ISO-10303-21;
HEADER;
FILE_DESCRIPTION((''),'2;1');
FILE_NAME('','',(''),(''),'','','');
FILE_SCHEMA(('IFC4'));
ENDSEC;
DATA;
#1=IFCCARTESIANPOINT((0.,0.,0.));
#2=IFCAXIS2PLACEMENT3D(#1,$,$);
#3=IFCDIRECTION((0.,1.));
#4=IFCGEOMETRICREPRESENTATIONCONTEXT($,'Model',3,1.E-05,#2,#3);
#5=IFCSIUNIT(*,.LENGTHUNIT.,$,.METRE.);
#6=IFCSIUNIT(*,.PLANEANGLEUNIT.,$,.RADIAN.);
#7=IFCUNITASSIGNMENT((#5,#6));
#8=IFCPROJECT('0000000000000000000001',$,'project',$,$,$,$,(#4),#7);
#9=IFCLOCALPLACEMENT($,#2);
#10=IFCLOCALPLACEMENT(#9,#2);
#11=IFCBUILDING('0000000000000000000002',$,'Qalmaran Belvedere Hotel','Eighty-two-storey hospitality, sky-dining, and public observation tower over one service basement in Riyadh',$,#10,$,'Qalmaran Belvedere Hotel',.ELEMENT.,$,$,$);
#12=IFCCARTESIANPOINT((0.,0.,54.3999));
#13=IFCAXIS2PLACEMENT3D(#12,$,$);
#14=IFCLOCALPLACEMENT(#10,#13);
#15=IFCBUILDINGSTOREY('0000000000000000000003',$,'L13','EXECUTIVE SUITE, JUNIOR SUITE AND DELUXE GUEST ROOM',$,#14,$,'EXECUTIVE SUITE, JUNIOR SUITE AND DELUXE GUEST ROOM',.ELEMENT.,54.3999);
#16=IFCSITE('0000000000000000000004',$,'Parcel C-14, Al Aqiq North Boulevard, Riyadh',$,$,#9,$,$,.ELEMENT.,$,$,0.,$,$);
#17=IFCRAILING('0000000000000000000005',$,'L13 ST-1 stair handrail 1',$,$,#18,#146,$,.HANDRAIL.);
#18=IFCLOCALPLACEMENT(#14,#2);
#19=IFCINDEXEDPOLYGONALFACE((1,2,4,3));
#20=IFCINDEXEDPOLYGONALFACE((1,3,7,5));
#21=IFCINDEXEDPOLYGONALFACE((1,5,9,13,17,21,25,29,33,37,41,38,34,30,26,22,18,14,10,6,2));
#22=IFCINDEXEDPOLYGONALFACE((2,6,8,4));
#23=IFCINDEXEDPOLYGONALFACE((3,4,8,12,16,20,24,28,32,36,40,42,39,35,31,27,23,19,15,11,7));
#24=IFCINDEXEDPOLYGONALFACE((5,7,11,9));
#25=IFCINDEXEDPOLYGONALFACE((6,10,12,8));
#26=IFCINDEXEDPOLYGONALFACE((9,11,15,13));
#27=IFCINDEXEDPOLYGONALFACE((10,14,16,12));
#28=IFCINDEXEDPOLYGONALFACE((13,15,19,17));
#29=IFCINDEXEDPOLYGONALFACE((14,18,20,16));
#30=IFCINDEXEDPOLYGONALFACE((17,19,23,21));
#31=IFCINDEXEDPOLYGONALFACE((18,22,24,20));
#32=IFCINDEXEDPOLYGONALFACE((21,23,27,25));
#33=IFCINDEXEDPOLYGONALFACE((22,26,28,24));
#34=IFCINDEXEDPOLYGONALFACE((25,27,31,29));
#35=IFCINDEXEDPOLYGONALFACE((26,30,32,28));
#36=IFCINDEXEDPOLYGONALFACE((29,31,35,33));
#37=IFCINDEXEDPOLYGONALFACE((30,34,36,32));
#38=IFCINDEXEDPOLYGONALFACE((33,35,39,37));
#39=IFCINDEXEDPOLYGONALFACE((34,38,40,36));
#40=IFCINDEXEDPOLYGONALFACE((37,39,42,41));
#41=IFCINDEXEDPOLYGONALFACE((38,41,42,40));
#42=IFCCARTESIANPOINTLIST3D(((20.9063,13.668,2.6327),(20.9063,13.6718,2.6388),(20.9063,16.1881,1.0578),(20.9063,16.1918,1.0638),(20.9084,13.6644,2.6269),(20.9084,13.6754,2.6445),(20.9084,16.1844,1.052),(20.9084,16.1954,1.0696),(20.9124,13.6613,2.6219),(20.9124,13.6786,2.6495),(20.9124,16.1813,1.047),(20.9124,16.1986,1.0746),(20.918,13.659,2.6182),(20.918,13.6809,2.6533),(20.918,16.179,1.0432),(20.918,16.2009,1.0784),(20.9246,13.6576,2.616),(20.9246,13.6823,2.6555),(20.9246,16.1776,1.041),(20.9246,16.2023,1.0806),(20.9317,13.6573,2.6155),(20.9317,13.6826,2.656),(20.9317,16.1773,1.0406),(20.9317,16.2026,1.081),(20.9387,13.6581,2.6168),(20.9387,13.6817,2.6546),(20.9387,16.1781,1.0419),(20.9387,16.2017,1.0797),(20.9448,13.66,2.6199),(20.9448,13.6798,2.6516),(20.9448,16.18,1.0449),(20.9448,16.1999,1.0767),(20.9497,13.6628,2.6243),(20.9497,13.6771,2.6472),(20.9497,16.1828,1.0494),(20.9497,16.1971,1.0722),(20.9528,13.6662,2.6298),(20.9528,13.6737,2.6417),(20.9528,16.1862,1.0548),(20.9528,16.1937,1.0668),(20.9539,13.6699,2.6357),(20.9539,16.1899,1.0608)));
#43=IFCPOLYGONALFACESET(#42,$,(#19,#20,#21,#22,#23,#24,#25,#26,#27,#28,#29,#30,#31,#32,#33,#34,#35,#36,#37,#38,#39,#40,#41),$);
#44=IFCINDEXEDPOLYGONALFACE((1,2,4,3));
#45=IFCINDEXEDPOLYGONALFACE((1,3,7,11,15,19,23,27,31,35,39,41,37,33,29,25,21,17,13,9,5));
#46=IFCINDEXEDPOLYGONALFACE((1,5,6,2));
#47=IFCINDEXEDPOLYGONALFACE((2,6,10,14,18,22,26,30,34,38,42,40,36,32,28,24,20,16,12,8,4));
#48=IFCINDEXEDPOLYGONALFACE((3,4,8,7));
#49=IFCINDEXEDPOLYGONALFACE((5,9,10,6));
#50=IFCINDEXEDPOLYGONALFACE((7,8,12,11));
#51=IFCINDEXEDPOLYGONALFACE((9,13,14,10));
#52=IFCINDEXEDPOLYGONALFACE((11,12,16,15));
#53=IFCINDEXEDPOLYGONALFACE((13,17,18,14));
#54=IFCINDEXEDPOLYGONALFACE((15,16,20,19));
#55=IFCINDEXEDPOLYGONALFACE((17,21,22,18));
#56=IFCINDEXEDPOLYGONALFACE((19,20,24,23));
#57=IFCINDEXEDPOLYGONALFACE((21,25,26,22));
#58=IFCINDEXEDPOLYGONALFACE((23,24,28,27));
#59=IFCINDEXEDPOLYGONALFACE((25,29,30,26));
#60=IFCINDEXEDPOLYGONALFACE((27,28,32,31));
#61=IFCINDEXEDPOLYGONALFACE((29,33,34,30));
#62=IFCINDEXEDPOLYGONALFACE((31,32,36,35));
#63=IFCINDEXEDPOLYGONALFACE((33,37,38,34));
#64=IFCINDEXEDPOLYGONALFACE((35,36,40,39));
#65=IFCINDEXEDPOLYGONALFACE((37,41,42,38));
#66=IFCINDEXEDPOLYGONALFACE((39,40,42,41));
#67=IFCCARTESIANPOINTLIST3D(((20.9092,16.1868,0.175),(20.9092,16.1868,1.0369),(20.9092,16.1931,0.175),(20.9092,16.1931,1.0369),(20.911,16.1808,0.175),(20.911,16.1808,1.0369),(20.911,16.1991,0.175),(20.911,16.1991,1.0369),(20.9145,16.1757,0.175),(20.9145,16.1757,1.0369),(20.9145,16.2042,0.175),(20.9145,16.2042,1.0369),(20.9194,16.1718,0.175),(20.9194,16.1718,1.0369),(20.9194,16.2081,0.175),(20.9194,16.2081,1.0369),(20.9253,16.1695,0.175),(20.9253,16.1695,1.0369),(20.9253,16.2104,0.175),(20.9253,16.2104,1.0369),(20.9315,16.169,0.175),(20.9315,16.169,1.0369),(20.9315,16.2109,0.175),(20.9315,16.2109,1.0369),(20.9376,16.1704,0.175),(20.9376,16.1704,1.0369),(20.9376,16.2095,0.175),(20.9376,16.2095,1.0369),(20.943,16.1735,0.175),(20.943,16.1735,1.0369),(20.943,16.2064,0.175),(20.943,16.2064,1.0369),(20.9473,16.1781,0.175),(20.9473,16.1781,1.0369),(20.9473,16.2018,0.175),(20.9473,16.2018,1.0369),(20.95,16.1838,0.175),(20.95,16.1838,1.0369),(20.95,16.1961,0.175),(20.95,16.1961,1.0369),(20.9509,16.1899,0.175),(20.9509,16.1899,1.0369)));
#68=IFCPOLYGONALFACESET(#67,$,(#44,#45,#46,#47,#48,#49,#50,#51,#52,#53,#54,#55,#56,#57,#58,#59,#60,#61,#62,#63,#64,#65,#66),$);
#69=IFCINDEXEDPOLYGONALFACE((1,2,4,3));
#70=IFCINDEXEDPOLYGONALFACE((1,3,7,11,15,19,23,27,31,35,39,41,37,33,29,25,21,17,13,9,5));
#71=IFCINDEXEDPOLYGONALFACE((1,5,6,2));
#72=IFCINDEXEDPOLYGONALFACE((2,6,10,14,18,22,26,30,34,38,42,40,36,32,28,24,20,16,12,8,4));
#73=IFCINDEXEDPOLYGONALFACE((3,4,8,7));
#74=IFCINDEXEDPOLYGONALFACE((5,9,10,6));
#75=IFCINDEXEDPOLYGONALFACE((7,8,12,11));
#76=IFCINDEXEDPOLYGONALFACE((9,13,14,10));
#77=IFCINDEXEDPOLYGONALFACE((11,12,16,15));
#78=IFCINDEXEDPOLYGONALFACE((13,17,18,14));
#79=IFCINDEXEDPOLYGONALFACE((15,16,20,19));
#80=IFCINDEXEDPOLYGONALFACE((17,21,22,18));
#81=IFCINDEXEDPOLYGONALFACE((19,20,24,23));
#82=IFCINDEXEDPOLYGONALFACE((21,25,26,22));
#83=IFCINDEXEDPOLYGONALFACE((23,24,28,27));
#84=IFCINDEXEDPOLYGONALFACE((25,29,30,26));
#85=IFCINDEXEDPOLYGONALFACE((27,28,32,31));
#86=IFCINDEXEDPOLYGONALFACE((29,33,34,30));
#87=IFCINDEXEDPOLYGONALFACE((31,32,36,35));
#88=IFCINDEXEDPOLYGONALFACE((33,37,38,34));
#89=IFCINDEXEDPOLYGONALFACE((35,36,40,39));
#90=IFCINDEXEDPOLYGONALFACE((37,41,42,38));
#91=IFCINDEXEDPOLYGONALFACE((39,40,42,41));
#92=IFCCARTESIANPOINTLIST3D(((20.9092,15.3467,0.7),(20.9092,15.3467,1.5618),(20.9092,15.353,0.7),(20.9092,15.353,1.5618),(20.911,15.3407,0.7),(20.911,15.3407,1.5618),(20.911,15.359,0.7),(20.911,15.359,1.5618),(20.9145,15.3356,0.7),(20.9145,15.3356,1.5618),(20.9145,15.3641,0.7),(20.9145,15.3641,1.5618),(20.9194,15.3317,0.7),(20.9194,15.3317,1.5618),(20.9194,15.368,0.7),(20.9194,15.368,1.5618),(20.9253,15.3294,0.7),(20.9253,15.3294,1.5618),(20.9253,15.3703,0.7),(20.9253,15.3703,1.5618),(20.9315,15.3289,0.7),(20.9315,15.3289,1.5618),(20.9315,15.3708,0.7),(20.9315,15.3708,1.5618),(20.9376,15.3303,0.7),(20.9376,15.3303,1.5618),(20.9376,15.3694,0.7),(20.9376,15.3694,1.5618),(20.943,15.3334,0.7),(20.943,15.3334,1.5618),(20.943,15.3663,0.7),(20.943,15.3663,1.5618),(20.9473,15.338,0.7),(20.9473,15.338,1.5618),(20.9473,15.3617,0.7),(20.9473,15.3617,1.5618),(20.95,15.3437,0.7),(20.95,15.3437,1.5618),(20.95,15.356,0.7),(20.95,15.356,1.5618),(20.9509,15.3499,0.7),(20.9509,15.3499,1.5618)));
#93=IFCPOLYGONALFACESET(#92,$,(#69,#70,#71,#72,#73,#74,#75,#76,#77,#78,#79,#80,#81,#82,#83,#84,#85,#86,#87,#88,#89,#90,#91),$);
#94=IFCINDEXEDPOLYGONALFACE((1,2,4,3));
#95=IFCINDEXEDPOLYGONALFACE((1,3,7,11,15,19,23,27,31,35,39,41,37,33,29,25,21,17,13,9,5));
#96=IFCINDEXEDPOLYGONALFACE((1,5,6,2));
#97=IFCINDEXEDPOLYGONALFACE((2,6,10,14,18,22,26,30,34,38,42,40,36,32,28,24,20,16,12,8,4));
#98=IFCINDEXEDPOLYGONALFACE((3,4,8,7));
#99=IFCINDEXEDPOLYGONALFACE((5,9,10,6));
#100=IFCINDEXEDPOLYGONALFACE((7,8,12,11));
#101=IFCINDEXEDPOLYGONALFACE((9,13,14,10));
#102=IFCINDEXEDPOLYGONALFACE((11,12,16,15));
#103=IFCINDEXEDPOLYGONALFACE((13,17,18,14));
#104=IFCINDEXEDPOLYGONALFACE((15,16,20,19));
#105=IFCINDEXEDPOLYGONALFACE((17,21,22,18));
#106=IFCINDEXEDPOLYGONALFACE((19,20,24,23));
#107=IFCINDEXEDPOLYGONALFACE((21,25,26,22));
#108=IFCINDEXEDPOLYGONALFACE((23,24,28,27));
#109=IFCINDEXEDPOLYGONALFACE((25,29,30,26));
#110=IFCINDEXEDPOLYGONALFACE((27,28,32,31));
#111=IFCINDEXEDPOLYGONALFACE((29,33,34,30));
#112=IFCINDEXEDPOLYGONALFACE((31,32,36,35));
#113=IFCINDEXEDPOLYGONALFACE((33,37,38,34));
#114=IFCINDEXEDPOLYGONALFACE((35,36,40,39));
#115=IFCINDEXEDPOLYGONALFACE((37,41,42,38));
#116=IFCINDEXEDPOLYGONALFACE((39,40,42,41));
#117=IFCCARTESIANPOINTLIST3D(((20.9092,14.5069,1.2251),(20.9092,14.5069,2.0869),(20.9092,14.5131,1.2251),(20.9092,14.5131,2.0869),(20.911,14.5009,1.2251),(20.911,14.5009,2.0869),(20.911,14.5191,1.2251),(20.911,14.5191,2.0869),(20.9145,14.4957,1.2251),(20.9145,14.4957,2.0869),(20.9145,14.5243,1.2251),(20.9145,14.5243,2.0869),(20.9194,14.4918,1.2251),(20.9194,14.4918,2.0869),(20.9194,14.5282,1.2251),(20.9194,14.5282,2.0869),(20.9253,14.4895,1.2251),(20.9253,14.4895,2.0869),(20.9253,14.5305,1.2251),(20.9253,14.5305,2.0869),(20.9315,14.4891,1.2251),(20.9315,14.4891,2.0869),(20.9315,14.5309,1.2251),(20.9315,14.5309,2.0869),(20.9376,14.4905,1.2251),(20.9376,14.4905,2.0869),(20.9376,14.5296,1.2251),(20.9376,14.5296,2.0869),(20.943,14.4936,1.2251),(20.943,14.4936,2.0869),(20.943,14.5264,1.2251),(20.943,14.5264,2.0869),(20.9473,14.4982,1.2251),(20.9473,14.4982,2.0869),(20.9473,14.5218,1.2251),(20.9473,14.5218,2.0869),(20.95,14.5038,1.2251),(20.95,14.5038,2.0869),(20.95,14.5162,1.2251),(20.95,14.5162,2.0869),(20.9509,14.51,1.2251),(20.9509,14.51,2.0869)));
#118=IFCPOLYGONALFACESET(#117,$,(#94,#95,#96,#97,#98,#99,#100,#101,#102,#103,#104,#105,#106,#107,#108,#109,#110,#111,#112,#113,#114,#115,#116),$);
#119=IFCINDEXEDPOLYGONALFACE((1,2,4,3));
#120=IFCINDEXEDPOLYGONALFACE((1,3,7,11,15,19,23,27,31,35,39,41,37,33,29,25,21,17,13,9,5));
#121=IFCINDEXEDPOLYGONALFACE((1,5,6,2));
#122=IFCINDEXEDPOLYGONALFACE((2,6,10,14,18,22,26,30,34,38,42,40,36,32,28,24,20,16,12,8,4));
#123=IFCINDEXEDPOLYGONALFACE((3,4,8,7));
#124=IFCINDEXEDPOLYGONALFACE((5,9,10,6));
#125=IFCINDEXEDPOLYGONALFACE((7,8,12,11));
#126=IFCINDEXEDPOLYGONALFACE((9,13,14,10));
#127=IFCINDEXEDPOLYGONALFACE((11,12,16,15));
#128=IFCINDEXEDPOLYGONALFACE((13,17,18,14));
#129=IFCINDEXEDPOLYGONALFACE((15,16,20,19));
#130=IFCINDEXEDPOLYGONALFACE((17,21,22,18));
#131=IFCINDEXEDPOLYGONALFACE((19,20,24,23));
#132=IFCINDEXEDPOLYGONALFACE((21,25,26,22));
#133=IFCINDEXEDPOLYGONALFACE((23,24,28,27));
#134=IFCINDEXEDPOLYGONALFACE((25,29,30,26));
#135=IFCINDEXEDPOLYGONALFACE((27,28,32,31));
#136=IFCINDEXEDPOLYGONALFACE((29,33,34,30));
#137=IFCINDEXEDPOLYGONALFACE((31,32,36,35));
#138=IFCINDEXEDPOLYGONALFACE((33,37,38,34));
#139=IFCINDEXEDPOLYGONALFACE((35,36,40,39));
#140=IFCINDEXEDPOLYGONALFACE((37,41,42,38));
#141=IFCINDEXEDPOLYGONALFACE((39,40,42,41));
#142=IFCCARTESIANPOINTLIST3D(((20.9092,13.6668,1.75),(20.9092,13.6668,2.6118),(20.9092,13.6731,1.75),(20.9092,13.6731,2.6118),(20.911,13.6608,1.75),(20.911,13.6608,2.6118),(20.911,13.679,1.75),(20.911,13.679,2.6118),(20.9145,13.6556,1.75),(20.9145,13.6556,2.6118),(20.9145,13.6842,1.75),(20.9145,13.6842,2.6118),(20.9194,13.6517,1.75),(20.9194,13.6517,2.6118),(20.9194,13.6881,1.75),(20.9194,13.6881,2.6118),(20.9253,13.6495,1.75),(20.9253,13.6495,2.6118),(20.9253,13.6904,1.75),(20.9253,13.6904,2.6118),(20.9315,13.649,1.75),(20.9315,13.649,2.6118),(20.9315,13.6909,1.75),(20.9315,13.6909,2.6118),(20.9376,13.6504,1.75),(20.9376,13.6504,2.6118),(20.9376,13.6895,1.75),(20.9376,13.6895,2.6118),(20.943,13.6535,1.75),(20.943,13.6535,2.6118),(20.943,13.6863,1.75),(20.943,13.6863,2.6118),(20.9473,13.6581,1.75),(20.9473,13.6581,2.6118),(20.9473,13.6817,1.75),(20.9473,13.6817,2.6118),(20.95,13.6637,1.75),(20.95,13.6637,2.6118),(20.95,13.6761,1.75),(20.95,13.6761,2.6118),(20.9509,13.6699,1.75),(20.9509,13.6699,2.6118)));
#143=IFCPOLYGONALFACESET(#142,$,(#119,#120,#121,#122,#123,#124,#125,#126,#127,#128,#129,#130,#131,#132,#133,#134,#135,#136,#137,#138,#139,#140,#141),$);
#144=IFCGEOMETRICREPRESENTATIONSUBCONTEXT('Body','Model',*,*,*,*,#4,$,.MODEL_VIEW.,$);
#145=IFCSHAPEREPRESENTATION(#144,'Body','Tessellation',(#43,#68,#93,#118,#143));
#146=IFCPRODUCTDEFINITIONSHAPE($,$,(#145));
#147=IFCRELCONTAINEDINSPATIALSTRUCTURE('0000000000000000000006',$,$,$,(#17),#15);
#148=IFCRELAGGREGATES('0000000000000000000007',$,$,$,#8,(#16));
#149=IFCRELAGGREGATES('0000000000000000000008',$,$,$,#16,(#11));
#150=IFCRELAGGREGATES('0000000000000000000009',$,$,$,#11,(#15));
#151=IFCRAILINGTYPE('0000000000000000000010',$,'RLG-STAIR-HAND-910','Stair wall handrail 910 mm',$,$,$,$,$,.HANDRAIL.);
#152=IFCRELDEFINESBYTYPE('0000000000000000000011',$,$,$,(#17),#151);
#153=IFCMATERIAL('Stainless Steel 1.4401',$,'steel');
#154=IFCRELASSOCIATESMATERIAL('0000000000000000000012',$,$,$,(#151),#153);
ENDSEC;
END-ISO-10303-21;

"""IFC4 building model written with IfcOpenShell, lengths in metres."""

from ifc_helpers import new_model, si_unit, direction, frame, origin, origin_2d, place, context, subcontext, project, spatial, circle, extrude, material, type_object, element, save


model = new_model("IFC4")

# Units and contexts
model_context = context("Model", 3, precision=1e-05, world=origin(), true_north=direction((0.0, 1.0)))
body_context = subcontext(model_context, "Body", "Model", "MODEL_VIEW")
ifc_project = project(units=[si_unit("LENGTHUNIT", "METRE"), si_unit("PLANEANGLEUNIT", "RADIAN")], contexts=[model_context])

# Site, building, storey
site_placement = place(None, origin())
site = spatial("IfcSite", under=ifc_project, at=site_placement, Name="Parcel C-14, Al Aqiq North Boulevard, Riyadh", CompositionType="ELEMENT", RefElevation=0.0)
building_placement = place(site_placement, origin())
building = spatial("IfcBuilding", under=site, at=building_placement, Name="Qalmaran Belvedere Hotel", Description="Eighty-two-storey hospitality, sky-dining, and public observation tower over one service basement in Riyadh", LongName="Qalmaran Belvedere Hotel", CompositionType="ELEMENT")
storey_placement = place(building_placement, frame((0.0, 0.0, 54.3999)))
storey = spatial("IfcBuildingStorey", under=building, at=storey_placement, Name="L13", Description="EXECUTIVE SUITE, JUNIOR SUITE AND DELUXE GUEST ROOM", LongName="EXECUTIVE SUITE, JUNIOR SUITE AND DELUXE GUEST ROOM", CompositionType="ELEMENT", Elevation=54.3999)

# Shared definitions
ifc_material_1 = material(Name="Stainless Steel 1.4401", Category="steel")

# Railing
railing_type_1 = type_object("IfcRailingType", Name="RLG-STAIR-HAND-910", Description="Stair wall handrail 910 mm", PredefinedType="HANDRAIL", material=ifc_material_1)
railing_1_placement = place(storey_placement, frame((20.9299, 16.1899, 0.175)))
element("IfcRailing", 1, at=railing_1_placement, inside=storey, type_object=railing_type_1, Name="L13 ST-1 stair handrail 1", PredefinedType="HANDRAIL", context=body_context, shape_type="SweptSolid", body=[
    extrude(circle(Radius=0.0239, at=origin_2d()), frame((0.0, 0.0, 0.8857), z_axis=(0.0, -0.848008, 0.529984), x_axis=(1.0, 0.0, 0.0)), (0.0, 0.0, 1.0), 2.9717),
    extrude(circle(Radius=0.021, at=origin_2d()), origin(), (0.0, 0.0, 1.0), 0.8618),
    extrude(circle(Radius=0.021, at=origin_2d()), frame((0.0, -0.8401, 0.5249)), (0.0, 0.0, 1.0), 0.8618),
    extrude(circle(Radius=0.021, at=origin_2d()), frame((0.0, -1.6799, 1.05)), (0.0, 0.0, 1.0), 0.8618),
    extrude(circle(Radius=0.021, at=origin_2d()), frame((0.0, -2.52, 1.575)), (0.0, 0.0, 1.0), 0.8618),
])

save(model, "model.ifc")
